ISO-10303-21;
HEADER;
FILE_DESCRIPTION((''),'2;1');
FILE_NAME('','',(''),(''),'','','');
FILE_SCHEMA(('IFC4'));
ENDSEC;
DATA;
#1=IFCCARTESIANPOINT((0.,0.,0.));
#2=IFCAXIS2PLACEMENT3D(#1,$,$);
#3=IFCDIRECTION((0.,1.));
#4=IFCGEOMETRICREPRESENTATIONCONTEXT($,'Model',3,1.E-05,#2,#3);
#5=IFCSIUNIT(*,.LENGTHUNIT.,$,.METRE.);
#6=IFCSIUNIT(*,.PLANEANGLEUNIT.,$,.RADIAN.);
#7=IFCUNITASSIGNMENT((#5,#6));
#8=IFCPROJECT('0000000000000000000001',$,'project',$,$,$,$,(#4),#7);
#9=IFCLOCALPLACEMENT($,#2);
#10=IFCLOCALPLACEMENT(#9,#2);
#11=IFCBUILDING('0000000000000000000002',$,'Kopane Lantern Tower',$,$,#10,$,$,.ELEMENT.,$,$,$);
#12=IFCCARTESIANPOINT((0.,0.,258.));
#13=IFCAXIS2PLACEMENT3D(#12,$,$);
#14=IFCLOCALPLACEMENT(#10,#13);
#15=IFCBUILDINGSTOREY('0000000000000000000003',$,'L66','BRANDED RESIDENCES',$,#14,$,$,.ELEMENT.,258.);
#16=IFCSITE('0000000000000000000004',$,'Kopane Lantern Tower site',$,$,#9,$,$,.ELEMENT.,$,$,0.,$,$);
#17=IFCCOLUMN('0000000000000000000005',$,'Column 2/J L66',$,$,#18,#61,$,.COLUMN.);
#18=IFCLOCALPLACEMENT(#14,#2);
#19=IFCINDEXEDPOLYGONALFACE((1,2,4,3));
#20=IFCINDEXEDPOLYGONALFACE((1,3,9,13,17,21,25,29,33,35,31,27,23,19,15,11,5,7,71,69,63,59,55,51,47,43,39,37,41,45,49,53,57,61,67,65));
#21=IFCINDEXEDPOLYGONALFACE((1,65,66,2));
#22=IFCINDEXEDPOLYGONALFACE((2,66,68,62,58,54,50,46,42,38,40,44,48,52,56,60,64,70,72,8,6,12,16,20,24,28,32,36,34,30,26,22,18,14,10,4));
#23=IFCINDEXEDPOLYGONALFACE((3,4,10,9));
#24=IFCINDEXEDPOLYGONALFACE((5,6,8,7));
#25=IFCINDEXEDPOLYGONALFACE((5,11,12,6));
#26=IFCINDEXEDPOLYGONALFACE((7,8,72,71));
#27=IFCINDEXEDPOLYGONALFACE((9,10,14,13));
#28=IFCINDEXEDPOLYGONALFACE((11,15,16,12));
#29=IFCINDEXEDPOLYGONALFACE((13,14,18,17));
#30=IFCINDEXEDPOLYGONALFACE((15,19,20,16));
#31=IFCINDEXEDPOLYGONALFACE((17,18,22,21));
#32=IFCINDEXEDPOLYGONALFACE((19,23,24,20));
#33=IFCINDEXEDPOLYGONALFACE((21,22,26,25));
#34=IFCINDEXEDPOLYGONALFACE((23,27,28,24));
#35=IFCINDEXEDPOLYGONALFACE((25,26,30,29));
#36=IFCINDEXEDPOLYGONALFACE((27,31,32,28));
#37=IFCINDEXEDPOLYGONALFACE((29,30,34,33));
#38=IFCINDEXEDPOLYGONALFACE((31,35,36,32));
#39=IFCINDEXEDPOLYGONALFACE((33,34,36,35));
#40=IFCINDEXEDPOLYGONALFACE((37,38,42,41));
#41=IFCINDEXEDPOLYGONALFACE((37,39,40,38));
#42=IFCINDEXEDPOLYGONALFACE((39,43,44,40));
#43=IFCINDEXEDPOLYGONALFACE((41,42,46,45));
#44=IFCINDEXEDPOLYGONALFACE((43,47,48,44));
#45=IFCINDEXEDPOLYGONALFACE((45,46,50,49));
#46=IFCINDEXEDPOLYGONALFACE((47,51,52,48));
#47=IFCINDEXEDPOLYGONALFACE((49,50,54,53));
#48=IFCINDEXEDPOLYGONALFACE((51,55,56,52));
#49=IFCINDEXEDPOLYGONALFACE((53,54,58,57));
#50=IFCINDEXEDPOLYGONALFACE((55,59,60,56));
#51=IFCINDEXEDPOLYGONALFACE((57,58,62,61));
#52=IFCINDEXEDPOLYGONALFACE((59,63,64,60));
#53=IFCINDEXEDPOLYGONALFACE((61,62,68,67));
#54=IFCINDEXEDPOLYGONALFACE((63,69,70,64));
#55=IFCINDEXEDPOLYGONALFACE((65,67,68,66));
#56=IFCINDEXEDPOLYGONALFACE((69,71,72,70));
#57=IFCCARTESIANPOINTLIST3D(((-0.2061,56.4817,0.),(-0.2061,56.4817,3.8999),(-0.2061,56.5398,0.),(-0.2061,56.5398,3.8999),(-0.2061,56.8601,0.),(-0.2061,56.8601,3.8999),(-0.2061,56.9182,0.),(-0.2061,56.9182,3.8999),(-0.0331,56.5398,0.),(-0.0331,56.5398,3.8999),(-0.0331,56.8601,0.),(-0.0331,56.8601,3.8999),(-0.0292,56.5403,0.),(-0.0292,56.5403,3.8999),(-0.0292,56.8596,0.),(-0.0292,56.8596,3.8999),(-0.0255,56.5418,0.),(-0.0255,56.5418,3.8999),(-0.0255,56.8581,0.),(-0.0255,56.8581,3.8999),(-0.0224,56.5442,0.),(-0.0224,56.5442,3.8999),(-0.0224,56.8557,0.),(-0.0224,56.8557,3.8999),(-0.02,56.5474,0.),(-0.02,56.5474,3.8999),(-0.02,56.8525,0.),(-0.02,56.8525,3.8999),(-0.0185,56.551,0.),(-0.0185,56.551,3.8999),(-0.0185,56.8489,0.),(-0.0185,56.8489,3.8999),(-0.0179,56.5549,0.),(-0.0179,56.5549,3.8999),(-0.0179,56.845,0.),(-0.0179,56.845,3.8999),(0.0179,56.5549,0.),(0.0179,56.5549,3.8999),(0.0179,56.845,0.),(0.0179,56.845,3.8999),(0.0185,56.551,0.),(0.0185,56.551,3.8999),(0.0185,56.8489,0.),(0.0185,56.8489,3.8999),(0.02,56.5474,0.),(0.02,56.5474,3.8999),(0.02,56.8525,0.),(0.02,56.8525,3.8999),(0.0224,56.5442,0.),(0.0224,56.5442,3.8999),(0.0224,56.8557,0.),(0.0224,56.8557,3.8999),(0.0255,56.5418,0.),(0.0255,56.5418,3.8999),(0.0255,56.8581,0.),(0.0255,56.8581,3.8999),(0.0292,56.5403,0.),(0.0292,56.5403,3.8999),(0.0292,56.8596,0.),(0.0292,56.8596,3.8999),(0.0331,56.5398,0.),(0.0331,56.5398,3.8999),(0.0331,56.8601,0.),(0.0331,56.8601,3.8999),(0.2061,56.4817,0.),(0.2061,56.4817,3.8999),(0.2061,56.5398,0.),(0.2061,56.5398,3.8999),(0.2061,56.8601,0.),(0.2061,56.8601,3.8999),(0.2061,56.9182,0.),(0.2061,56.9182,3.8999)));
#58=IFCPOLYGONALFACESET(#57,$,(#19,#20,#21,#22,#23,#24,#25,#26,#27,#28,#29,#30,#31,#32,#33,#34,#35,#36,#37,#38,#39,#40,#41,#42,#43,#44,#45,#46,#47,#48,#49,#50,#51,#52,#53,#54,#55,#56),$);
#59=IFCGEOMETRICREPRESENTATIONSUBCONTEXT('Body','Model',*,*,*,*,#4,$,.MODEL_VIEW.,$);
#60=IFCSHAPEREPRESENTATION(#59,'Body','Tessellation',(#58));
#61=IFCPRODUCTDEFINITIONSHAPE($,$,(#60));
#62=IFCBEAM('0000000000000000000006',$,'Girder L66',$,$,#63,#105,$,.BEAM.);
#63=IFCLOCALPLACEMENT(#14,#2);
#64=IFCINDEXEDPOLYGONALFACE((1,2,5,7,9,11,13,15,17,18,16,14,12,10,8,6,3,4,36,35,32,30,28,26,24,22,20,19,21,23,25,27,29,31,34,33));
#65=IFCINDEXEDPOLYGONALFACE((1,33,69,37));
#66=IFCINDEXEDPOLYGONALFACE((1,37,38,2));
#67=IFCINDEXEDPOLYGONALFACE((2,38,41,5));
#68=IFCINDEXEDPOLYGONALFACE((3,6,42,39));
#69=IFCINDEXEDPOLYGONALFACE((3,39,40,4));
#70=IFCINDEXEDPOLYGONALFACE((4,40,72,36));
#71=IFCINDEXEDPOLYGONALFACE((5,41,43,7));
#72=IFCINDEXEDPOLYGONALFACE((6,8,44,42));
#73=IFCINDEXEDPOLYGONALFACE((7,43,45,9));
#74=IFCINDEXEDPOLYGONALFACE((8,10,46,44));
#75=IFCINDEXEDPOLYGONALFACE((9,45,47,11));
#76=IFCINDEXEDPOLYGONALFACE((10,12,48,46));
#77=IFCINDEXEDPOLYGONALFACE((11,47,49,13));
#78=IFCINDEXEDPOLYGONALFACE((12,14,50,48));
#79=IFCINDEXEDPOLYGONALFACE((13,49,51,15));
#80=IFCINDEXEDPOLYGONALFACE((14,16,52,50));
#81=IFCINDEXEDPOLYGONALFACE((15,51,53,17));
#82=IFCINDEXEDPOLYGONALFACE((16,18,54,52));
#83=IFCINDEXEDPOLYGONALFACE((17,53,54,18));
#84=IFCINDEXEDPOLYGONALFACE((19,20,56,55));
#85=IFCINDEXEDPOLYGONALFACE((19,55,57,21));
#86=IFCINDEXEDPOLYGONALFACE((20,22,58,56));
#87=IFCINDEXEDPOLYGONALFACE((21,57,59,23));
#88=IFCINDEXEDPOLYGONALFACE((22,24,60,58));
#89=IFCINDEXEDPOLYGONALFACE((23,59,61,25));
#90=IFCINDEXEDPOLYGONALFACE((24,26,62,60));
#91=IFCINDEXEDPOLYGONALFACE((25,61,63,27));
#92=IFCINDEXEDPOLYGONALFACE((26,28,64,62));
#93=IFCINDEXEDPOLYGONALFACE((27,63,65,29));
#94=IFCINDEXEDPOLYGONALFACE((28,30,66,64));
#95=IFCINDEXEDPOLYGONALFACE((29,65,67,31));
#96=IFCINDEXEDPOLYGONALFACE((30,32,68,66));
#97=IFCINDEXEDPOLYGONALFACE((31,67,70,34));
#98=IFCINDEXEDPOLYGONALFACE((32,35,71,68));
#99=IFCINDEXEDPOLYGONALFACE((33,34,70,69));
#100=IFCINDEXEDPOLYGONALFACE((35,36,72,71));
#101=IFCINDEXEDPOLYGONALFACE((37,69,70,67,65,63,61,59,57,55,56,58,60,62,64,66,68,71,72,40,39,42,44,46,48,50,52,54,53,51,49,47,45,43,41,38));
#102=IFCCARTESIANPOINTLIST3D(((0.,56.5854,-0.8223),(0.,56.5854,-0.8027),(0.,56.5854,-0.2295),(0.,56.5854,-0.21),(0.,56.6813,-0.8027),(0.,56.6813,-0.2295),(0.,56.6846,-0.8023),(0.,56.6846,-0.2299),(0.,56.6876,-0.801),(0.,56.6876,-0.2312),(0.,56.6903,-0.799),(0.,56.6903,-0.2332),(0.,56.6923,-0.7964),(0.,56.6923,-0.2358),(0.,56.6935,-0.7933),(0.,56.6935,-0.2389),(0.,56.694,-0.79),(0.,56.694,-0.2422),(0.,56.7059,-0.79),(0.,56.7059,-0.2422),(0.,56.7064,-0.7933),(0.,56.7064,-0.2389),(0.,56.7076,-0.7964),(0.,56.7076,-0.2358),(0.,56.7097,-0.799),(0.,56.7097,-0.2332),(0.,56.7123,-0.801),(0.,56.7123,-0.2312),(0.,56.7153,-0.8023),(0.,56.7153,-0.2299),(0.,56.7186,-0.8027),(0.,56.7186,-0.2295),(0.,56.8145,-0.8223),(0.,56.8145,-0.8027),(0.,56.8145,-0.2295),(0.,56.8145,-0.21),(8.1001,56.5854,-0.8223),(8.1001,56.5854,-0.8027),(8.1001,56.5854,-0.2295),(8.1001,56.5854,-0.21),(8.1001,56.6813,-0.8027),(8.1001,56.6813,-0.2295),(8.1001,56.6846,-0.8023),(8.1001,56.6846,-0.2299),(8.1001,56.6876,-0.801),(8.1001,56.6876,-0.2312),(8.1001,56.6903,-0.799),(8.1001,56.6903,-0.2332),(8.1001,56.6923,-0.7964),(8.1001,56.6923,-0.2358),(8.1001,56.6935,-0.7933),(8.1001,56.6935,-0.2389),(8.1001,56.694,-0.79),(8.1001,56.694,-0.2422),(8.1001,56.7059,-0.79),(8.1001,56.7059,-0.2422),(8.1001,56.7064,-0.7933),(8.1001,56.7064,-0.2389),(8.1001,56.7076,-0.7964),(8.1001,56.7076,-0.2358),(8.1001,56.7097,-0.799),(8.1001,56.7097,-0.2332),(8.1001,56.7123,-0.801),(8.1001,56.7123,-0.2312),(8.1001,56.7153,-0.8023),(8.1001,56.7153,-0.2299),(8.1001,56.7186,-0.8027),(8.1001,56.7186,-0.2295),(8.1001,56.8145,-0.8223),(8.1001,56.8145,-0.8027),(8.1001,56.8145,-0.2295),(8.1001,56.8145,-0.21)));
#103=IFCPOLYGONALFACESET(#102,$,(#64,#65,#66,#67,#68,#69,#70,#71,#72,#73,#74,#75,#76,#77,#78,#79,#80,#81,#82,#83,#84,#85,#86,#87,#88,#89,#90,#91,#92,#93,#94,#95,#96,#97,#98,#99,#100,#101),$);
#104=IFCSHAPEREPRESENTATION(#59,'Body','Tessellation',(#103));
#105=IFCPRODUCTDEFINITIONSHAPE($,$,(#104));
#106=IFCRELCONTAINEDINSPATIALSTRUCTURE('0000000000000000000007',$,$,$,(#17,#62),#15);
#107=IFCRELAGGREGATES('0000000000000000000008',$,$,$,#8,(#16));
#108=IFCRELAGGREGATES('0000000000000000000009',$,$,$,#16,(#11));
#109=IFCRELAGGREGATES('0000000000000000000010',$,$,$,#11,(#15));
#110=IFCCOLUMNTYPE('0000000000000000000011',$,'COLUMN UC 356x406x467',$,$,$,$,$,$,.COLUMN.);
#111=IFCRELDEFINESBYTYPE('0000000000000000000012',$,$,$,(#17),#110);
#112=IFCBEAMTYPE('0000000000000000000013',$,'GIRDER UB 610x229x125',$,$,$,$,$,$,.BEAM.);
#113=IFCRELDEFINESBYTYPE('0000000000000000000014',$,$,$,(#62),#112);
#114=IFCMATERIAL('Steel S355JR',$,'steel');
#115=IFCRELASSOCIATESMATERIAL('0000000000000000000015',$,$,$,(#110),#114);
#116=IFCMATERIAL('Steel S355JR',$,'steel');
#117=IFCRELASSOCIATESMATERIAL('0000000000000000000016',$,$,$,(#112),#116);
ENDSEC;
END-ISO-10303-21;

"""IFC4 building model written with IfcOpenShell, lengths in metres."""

from ifc_helpers import new_model, si_unit, direction, frame, origin, origin_2d, place, context, subcontext, project, spatial, i_section, extrude, material, material_profile, profile_set, type_object, element, save


model = new_model("IFC4")

# Units and contexts
model_context = context("Model", 3, precision=1e-05, world=origin(), true_north=direction((0.0, 1.0)))
body_context = subcontext(model_context, "Body", "Model", "MODEL_VIEW")
ifc_project = project(units=[si_unit("LENGTHUNIT", "METRE"), si_unit("PLANEANGLEUNIT", "RADIAN")], contexts=[model_context])

# Site, building, storey
site_placement = place(None, origin())
site = spatial("IfcSite", under=ifc_project, at=site_placement, Name="Kopane Lantern Tower site", CompositionType="ELEMENT", RefElevation=0.0)
building_placement = place(site_placement, origin())
building = spatial("IfcBuilding", under=site, at=building_placement, Name="Kopane Lantern Tower", CompositionType="ELEMENT")
storey_placement = place(building_placement, frame((0.0, 0.0, 258.0)))
storey = spatial("IfcBuildingStorey", under=building, at=storey_placement, Name="L66", Description="BRANDED RESIDENCES", CompositionType="ELEMENT", Elevation=258.0)

# Column
ifc_material_1 = material(Name="Steel S355JR", Category="steel")
ifc_material_profile_1 = material_profile(ifc_material_1, i_section(OverallWidth=0.4121, OverallDepth=0.4365, WebThickness=0.0359, FlangeThickness=0.0581, FilletRadius=0.0151, at=origin_2d()), Name="UC 356x406x467")
ifc_profile_set_1 = profile_set([ifc_material_profile_1], Name="Steel S355JR")
column_type = type_object("IfcColumnType", Name="COLUMN UC 356x406x467", PredefinedType="COLUMN", material=ifc_profile_set_1)
column_placement = place(storey_placement, frame((0.0, 56.7, 0.0), z_axis=(0.0, 0.0, 1.0), x_axis=(1.0, 0.0, 0.0)))
element("IfcColumn", 1, at=column_placement, inside=storey, type_object=column_type, Name="Column 2/J L66", PredefinedType="COLUMN", context=body_context, shape_type="SweptSolid", body=[
    extrude(i_section(OverallWidth=0.4121, OverallDepth=0.4365, WebThickness=0.0359, FlangeThickness=0.0581, FilletRadius=0.0151, at=origin_2d()), origin(), (0.0, 0.0, 1.0), 3.8999),
])

# Beam
ifc_material_2 = material(Name="Steel S355JR", Category="steel")
ifc_material_profile_2 = material_profile(ifc_material_2, i_section(OverallWidth=0.229, OverallDepth=0.6123, WebThickness=0.012, FlangeThickness=0.0195, FilletRadius=0.0127, at=origin_2d()), Name="UB 610x229x125")
ifc_profile_set_2 = profile_set([ifc_material_profile_2], Name="Steel S355JR")
beam_type = type_object("IfcBeamType", Name="GIRDER UB 610x229x125", PredefinedType="BEAM", material=ifc_profile_set_2)
beam_placement = place(storey_placement, frame((0.0, 56.7, -0.5161), z_axis=(1.0, 0.0, 0.0), x_axis=(0.0, 1.0, 0.0)))
element("IfcBeam", 2, at=beam_placement, inside=storey, type_object=beam_type, Name="Girder L66", PredefinedType="BEAM", context=body_context, shape_type="SweptSolid", body=[
    extrude(i_section(OverallWidth=0.229, OverallDepth=0.6123, WebThickness=0.012, FlangeThickness=0.0195, FilletRadius=0.0127, at=origin_2d()), origin(), (0.0, 0.0, 1.0), 8.1001),
])

save(model, "model.ifc")
